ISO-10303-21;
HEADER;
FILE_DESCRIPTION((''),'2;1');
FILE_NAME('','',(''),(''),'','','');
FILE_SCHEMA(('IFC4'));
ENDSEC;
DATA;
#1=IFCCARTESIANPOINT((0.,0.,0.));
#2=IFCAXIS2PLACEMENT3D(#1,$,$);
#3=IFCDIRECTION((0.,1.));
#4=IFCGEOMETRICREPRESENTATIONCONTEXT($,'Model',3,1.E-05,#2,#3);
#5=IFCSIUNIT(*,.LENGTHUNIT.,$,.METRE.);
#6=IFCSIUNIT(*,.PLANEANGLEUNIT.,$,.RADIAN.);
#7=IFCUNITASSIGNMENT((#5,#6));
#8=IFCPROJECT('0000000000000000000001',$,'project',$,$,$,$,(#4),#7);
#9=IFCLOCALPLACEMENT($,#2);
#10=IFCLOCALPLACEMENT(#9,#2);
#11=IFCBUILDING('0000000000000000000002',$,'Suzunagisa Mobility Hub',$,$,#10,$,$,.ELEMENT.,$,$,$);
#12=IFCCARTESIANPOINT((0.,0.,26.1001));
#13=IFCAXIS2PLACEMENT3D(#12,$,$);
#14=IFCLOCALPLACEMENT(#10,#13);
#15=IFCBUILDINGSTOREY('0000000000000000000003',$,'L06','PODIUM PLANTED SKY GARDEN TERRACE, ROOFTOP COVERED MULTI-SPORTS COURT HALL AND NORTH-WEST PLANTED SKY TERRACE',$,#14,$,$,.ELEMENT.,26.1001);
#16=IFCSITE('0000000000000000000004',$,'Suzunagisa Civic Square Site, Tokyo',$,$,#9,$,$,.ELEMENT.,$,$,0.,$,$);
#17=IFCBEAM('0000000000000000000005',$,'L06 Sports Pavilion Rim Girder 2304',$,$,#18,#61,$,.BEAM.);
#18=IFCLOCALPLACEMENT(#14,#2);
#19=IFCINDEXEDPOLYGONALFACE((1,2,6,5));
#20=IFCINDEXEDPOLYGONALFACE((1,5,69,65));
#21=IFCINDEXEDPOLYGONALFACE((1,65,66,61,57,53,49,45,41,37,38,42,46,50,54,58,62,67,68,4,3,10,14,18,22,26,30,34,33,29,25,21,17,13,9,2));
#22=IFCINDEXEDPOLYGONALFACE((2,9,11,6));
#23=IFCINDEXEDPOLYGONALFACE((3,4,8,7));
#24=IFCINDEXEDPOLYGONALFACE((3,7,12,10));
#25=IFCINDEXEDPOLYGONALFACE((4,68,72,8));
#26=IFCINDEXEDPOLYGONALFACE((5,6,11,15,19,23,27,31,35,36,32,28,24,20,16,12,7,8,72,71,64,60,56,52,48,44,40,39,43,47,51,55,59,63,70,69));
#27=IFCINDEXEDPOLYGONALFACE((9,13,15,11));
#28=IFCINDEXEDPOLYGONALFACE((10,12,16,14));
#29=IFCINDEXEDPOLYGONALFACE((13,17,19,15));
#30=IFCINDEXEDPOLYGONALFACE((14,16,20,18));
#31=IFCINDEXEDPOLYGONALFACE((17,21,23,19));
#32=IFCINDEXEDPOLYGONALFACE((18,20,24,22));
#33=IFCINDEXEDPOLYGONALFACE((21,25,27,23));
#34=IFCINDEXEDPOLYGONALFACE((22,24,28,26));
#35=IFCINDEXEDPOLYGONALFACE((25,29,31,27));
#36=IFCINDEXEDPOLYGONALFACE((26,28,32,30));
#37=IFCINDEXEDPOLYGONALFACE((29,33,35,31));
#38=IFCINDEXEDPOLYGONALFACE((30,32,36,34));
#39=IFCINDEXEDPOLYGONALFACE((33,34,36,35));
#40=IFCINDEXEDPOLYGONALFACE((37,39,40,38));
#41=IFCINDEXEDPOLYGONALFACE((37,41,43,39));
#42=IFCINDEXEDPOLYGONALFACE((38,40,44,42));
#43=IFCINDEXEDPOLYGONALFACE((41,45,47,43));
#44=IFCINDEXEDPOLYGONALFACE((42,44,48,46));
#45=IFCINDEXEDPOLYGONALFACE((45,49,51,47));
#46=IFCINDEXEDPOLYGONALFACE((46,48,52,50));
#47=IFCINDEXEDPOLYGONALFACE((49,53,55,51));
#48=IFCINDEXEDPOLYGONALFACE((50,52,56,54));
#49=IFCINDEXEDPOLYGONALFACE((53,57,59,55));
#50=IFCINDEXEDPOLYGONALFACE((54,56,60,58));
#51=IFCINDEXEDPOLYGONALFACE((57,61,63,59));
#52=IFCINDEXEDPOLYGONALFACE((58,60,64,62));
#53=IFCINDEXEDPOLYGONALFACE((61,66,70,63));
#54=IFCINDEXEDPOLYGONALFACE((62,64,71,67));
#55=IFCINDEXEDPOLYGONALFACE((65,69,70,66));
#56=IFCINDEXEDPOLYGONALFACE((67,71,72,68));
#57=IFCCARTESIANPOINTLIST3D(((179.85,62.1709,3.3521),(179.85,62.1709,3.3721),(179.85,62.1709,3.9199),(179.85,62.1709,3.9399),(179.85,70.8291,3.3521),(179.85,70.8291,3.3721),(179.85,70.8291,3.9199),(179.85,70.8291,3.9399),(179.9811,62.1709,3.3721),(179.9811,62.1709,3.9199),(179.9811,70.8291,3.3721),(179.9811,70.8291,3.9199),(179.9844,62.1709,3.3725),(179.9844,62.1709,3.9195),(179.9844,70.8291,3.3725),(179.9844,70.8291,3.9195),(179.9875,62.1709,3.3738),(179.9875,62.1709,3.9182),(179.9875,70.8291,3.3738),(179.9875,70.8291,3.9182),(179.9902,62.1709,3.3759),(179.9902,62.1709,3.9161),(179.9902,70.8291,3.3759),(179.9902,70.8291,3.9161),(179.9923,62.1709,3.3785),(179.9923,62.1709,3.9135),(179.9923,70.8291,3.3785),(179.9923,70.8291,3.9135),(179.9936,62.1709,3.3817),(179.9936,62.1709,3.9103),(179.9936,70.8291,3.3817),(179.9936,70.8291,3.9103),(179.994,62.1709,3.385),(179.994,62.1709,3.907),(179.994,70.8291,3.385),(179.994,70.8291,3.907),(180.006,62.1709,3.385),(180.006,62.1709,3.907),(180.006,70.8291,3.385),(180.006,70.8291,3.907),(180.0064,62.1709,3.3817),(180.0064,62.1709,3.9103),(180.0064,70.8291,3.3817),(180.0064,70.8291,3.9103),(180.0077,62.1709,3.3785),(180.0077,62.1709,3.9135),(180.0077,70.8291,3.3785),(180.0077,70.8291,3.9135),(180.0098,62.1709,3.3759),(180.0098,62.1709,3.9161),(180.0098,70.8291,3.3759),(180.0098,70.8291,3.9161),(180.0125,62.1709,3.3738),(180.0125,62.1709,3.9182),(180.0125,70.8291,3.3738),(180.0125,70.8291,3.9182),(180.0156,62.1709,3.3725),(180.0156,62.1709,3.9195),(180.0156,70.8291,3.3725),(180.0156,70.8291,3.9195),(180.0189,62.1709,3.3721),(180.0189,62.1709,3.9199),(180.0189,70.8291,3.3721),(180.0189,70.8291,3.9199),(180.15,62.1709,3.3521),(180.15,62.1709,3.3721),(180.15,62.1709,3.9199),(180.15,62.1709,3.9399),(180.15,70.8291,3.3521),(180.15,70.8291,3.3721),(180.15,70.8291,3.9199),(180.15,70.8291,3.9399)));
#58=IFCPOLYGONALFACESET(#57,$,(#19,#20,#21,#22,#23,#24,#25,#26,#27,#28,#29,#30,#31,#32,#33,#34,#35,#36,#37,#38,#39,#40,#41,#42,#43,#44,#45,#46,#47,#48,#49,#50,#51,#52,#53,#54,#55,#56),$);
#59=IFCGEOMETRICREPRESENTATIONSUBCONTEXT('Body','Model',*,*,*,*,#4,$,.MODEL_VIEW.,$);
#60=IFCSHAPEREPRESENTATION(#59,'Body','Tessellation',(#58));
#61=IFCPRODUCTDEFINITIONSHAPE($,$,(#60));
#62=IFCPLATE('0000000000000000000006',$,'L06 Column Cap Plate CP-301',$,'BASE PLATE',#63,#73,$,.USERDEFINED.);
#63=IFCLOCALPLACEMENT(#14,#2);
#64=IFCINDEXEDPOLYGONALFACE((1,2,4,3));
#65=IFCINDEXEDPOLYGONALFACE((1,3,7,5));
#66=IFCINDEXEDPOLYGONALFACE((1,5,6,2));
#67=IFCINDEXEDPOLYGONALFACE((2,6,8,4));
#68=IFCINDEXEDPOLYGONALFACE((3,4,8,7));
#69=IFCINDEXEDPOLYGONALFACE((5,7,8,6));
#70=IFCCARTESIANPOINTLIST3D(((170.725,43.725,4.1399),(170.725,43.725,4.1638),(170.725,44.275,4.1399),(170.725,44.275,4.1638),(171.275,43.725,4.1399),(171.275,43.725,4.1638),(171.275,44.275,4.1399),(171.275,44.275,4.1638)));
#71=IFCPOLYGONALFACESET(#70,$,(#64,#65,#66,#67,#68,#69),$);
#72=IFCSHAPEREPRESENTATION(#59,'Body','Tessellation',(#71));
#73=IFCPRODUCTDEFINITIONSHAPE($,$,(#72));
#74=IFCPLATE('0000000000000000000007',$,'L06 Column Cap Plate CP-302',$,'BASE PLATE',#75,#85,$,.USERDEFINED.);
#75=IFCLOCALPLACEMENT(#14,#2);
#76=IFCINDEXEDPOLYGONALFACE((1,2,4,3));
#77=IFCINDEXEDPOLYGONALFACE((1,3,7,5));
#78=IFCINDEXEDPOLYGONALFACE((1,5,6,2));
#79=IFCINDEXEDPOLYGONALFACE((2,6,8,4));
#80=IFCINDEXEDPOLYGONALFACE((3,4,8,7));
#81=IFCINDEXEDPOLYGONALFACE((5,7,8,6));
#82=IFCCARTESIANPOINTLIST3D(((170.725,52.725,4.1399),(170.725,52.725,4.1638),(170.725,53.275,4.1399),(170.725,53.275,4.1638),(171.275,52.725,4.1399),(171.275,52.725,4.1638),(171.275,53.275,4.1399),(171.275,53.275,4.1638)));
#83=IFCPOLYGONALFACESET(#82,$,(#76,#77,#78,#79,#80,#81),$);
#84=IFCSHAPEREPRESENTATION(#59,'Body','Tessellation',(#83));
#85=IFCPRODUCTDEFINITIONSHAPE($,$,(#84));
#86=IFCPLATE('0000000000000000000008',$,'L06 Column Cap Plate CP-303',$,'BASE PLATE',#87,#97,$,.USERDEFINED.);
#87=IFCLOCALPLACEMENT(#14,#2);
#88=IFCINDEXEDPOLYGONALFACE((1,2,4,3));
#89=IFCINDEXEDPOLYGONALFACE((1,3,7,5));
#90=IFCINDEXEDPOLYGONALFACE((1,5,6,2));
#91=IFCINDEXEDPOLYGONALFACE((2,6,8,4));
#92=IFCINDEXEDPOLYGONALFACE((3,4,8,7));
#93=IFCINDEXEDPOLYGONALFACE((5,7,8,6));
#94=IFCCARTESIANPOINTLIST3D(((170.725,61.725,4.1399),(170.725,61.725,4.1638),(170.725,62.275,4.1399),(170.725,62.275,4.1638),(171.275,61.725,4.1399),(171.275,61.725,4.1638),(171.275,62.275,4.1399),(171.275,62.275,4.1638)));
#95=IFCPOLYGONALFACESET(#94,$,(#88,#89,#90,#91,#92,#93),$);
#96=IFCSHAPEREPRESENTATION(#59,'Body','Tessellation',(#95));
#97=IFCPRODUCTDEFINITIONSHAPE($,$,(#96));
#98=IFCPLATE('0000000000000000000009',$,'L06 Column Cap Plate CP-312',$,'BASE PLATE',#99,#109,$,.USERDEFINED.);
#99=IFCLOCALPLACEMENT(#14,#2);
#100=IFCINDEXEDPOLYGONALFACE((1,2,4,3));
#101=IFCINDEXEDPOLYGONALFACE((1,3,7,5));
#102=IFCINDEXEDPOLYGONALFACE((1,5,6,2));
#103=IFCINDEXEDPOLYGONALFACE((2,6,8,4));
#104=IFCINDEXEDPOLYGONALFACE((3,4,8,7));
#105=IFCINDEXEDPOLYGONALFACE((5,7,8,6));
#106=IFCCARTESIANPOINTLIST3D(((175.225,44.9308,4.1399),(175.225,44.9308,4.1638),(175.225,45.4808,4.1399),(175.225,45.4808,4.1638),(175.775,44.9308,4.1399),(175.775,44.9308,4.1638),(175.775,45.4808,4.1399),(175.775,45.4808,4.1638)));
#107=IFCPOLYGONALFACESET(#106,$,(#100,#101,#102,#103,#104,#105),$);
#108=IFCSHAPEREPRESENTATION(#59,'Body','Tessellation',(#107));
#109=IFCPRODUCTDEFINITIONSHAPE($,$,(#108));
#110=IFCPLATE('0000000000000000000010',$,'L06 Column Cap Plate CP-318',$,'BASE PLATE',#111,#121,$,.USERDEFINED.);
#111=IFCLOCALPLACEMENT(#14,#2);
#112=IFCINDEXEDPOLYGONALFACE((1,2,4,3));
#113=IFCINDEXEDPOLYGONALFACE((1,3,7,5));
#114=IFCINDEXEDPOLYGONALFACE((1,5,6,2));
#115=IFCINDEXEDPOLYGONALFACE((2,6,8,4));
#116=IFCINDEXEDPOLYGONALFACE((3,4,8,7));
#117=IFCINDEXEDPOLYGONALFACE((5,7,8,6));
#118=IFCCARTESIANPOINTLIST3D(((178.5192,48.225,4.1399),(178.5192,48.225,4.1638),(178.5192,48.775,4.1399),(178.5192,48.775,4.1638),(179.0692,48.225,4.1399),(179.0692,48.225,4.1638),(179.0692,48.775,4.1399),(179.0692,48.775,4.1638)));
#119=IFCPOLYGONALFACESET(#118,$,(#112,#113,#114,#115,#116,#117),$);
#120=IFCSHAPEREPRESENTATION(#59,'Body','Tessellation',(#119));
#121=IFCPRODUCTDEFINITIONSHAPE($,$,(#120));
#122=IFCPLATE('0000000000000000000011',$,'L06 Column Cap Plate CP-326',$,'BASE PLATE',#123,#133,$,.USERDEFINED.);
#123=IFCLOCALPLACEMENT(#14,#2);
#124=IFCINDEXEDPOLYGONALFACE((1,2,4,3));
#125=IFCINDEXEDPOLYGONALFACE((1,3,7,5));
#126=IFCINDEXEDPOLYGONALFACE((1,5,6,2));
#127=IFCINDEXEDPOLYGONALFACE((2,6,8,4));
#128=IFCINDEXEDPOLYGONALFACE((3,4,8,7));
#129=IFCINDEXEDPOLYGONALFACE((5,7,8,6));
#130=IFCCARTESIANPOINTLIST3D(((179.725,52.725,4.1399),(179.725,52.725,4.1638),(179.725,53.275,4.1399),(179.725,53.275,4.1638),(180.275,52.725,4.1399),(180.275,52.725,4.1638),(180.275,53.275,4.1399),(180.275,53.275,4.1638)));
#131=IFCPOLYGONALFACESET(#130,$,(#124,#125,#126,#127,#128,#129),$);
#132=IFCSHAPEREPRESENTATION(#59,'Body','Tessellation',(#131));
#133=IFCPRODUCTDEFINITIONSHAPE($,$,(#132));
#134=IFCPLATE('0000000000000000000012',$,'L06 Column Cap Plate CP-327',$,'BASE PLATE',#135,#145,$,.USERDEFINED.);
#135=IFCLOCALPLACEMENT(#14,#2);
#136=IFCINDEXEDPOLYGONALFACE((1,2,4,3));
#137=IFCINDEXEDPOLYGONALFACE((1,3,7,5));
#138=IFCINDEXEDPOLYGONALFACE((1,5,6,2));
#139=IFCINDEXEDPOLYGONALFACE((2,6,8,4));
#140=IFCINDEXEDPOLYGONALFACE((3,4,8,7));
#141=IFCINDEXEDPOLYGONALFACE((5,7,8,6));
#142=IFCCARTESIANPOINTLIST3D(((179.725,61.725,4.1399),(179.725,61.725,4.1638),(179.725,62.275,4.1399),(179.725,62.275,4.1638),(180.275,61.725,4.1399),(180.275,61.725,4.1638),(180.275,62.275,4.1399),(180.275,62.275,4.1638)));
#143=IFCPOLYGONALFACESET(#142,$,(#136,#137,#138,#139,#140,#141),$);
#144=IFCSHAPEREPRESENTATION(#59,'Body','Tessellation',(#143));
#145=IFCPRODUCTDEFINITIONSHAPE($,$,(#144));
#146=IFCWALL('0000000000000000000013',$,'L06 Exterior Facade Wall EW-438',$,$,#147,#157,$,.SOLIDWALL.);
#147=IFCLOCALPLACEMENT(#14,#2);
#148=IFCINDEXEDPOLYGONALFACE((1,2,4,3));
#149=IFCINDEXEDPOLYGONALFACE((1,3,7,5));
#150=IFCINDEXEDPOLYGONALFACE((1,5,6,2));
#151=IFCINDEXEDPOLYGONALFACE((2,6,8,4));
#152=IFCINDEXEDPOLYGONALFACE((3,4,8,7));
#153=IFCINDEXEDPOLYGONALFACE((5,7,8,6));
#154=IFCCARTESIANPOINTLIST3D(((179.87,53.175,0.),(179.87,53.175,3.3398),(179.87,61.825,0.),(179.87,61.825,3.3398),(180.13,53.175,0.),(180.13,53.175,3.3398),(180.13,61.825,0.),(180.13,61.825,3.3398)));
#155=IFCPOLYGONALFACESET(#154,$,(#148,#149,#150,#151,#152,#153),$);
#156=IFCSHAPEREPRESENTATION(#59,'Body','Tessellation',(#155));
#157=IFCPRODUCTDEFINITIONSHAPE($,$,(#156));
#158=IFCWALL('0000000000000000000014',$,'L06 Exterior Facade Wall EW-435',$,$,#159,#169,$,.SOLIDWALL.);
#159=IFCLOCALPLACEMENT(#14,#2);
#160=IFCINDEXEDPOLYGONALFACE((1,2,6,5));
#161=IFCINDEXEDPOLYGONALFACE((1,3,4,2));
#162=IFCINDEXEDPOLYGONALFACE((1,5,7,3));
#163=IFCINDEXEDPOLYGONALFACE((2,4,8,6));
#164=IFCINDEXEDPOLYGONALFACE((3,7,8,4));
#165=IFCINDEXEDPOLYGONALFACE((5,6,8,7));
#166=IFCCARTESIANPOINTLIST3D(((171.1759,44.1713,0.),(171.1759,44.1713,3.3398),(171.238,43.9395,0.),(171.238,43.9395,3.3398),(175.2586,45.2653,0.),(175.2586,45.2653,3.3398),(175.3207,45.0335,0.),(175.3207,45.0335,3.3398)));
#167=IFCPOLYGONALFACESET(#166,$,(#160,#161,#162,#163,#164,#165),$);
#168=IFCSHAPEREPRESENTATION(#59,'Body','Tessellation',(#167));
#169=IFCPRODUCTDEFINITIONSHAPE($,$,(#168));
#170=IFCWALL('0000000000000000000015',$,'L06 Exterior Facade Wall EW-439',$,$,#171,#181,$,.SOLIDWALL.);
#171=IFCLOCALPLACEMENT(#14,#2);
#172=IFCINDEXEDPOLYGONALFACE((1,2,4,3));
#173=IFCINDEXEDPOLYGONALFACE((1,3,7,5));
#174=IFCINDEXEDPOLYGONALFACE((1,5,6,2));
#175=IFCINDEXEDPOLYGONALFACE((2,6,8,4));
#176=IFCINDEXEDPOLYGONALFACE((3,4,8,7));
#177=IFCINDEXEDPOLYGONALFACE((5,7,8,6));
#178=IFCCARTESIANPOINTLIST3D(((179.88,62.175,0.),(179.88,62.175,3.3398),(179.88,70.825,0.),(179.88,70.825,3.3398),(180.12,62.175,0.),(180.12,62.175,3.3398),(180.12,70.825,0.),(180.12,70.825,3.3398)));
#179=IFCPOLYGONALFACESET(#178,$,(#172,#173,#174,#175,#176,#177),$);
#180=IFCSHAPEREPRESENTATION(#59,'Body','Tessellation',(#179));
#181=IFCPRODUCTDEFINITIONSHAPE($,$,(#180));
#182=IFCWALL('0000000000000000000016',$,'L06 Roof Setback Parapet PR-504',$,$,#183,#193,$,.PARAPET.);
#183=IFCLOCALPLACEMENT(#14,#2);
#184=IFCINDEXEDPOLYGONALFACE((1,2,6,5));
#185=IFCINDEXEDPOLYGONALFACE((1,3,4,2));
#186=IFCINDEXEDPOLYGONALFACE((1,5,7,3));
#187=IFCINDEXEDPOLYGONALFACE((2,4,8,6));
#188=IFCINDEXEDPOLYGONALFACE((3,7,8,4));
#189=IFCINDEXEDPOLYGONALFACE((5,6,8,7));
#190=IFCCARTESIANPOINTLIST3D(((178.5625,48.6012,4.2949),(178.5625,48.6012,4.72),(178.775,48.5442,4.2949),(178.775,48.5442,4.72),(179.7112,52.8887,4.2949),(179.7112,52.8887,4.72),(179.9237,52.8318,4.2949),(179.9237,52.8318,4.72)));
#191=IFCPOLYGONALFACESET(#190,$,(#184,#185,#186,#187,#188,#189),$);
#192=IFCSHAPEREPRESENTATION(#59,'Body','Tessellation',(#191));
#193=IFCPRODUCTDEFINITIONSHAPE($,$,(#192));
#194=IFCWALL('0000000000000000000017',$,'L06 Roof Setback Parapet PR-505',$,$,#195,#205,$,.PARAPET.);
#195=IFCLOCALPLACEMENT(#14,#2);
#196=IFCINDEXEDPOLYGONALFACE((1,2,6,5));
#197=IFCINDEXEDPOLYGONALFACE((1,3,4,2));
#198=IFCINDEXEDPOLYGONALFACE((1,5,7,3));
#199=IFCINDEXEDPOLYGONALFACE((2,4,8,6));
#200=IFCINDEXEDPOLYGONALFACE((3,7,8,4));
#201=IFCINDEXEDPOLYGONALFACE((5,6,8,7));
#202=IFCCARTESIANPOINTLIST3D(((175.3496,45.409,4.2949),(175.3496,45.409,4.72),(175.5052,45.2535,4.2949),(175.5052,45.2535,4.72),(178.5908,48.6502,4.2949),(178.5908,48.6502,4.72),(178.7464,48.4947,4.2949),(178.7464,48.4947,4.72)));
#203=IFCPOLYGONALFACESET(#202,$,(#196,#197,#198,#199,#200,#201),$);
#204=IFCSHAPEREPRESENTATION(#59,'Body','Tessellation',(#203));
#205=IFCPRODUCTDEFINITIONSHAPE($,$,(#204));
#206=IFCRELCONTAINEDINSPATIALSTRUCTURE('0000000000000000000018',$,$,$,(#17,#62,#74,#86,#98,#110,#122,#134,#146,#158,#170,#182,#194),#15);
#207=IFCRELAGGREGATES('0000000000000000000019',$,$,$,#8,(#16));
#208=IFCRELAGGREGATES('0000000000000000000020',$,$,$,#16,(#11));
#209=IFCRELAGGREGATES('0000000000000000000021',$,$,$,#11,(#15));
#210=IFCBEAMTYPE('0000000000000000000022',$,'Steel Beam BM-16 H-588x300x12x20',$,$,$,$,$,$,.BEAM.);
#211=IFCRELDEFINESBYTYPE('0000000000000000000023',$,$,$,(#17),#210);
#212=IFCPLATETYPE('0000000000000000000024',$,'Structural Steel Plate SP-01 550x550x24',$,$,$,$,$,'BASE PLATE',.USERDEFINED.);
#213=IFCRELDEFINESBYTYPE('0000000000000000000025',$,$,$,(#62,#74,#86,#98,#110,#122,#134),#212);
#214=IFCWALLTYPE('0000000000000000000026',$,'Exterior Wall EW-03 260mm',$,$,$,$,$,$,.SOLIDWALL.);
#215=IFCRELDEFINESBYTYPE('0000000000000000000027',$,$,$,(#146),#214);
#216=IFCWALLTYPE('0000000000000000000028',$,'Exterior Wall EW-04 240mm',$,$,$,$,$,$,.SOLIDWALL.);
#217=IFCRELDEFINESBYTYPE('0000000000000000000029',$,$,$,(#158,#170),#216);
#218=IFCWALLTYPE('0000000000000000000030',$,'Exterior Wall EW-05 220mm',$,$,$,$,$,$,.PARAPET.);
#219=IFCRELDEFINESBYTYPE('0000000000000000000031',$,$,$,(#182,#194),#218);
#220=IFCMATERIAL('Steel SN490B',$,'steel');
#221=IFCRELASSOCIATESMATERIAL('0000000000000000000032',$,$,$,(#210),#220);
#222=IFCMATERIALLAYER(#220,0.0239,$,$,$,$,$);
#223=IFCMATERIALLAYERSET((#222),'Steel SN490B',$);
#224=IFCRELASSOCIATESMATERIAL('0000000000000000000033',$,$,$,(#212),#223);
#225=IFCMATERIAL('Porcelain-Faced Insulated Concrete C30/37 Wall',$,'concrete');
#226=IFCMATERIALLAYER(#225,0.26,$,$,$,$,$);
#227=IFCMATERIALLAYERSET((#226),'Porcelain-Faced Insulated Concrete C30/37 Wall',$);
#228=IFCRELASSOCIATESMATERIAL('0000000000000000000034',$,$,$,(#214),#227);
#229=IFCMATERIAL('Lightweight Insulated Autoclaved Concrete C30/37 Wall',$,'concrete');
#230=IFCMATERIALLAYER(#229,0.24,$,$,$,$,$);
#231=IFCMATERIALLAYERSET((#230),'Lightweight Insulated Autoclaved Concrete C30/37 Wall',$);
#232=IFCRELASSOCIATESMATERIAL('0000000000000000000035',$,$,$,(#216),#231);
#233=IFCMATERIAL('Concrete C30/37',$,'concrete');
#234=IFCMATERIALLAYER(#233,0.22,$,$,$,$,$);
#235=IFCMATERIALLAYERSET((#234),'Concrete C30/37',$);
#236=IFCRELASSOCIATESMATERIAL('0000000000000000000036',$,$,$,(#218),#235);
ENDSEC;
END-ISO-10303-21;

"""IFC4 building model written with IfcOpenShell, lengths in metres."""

from ifc_helpers import new_model, si_unit, direction, frame, frame_2d, origin, origin_2d, place, context, subcontext, project, spatial, rectangle, i_section, extrude, material, layer, layer_set, material_profile, profile_set, type_object, element, save


model = new_model("IFC4")

# Units and contexts
model_context = context("Model", 3, precision=1e-05, world=origin(), true_north=direction((0.0, 1.0)))
body_context = subcontext(model_context, "Body", "Model", "MODEL_VIEW")
ifc_project = project(units=[si_unit("LENGTHUNIT", "METRE"), si_unit("PLANEANGLEUNIT", "RADIAN")], contexts=[model_context])

# Site, building, storey
site_placement = place(None, origin())
site = spatial("IfcSite", under=ifc_project, at=site_placement, Name="Suzunagisa Civic Square Site, Tokyo", CompositionType="ELEMENT", RefElevation=0.0)
building_placement = place(site_placement, origin())
building = spatial("IfcBuilding", under=site, at=building_placement, Name="Suzunagisa Mobility Hub", CompositionType="ELEMENT")
storey_placement = place(building_placement, frame((0.0, 0.0, 26.1001)))
storey = spatial("IfcBuildingStorey", under=building, at=storey_placement, Name="L06", Description="PODIUM PLANTED SKY GARDEN TERRACE, ROOFTOP COVERED MULTI-SPORTS COURT HALL AND NORTH-WEST PLANTED SKY TERRACE", CompositionType="ELEMENT", Elevation=26.1001)

# Shared definitions
ifc_material_1 = material(Name="Steel SN490B", Category="steel")

# Beam
ifc_material_profile_1 = material_profile(ifc_material_1, i_section(OverallWidth=0.3, OverallDepth=0.5879, WebThickness=0.012, FlangeThickness=0.02, FilletRadius=0.0129, at=origin_2d()), Name="H-588x300x12x20")
ifc_profile_set_1 = profile_set([ifc_material_profile_1], Name="Steel SN490B")
beam_type_1 = type_object("IfcBeamType", Name="Steel Beam BM-16 H-588x300x12x20", PredefinedType="BEAM", material=ifc_profile_set_1)
for number, where, z_axis, x_axis, name in (
    (1, (180.0, 62.1709, 3.646), (0.0, 1.0, 0.0), (-1.0, 0.0, 0.0), "L06 Sports Pavilion Rim Girder 2304"),
):
    element("IfcBeam", number, at=place(storey_placement, frame(where, z_axis=z_axis, x_axis=x_axis)), inside=storey, type_object=beam_type_1, Name=name, PredefinedType="BEAM", context=body_context, shape_type="SweptSolid", body=[
        extrude(i_section(OverallWidth=0.3, OverallDepth=0.5879, WebThickness=0.012, FlangeThickness=0.02, FilletRadius=0.0129, at=origin_2d()), origin(), (0.0, 0.0, 1.0), 8.6582),
    ])

# Plates
ifc_layer_1 = layer(ifc_material_1, 0.0239)
ifc_layer_set_1 = layer_set([ifc_layer_1], Name="Steel SN490B")
plate_type = type_object("IfcPlateType", Name="Structural Steel Plate SP-01 550x550x24", ElementType="BASE PLATE", PredefinedType="USERDEFINED", material=ifc_layer_set_1)
for number, where, z_axis, x_axis, name in (
    (2, (171.0, 44.0, 4.1399), (0.0, 0.0, 1.0), (1.0, 0.0, 0.0), "L06 Column Cap Plate CP-301"),
    (3, (171.0, 53.0, 4.1399), (0.0, 0.0, 1.0), (1.0, 0.0, 0.0), "L06 Column Cap Plate CP-302"),
    (4, (171.0, 62.0, 4.1399), (0.0, 0.0, 1.0), (1.0, 0.0, 0.0), "L06 Column Cap Plate CP-303"),
    (5, (175.5, 45.2058, 4.1399), (0.0, 0.0, 1.0), (1.0, 0.0, 0.0), "L06 Column Cap Plate CP-312"),
    (6, (178.7942, 48.5, 4.1399), (0.0, 0.0, 1.0), (1.0, 0.0, 0.0), "L06 Column Cap Plate CP-318"),
    (7, (180.0, 53.0, 4.1399), (0.0, 0.0, 1.0), (1.0, 0.0, 0.0), "L06 Column Cap Plate CP-326"),
    (8, (180.0, 62.0, 4.1399), (0.0, 0.0, 1.0), (1.0, 0.0, 0.0), "L06 Column Cap Plate CP-327"),
):
    element("IfcPlate", number, at=place(storey_placement, frame(where, z_axis=z_axis, x_axis=x_axis)), inside=storey, type_object=plate_type, Name=name, ObjectType="BASE PLATE", PredefinedType="USERDEFINED", context=body_context, shape_type="SweptSolid", body=[
        extrude(rectangle(XDim=0.55, YDim=0.55, at=origin_2d()), origin(), (0.0, 0.0, 1.0), 0.0239),
    ])

# Walls
ifc_material_2 = material(Name="Porcelain-Faced Insulated Concrete C30/37 Wall", Category="concrete")
ifc_layer_2 = layer(ifc_material_2, 0.26)
ifc_layer_set_2 = layer_set([ifc_layer_2], Name="Porcelain-Faced Insulated Concrete C30/37 Wall")
wall_type_1 = type_object("IfcWallType", Name="Exterior Wall EW-03 260mm", PredefinedType="SOLIDWALL", material=ifc_layer_set_2)
wall_1_placement = place(storey_placement, frame((180.0, 53.175, 0.0), z_axis=(0.0, 0.0, 1.0), x_axis=(0.0, 1.0, 0.0)))
element("IfcWall", 9, at=wall_1_placement, inside=storey, type_object=wall_type_1, Name="L06 Exterior Facade Wall EW-438", PredefinedType="SOLIDWALL", context=body_context, shape_type="SweptSolid", body=[
    extrude(rectangle(XDim=8.6499, YDim=0.26, at=frame_2d((4.325, 0.0))), origin(), (0.0, 0.0, 1.0), 3.3398),
])
ifc_material_3 = material(Name="Lightweight Insulated Autoclaved Concrete C30/37 Wall", Category="concrete")
ifc_layer_3 = layer(ifc_material_3, 0.24)
ifc_layer_set_3 = layer_set([ifc_layer_3], Name="Lightweight Insulated Autoclaved Concrete C30/37 Wall")
wall_type_2 = type_object("IfcWallType", Name="Exterior Wall EW-04 240mm", PredefinedType="SOLIDWALL", material=ifc_layer_set_3)
wall_2_placement = place(storey_placement, frame((171.207, 44.0554, 0.0), z_axis=(0.0, 0.0, 1.0), x_axis=(0.965925, 0.258824, 0.0)))
element("IfcWall", 10, at=wall_2_placement, inside=storey, type_object=wall_type_2, Name="L06 Exterior Facade Wall EW-435", PredefinedType="SOLIDWALL", context=body_context, shape_type="SweptSolid", body=[
    extrude(rectangle(XDim=4.2268, YDim=0.24, at=frame_2d((2.1133, 0.0))), origin(), (0.0, 0.0, 1.0), 3.3398),
])
wall_3_placement = place(storey_placement, frame((180.0, 62.175, 0.0), z_axis=(0.0, 0.0, 1.0), x_axis=(0.0, 1.0, 0.0)))
element("IfcWall", 11, at=wall_3_placement, inside=storey, type_object=wall_type_2, Name="L06 Exterior Facade Wall EW-439", PredefinedType="SOLIDWALL", context=body_context, shape_type="SweptSolid", body=[
    extrude(rectangle(XDim=8.6499, YDim=0.24, at=frame_2d((4.325, 0.0))), origin(), (0.0, 0.0, 1.0), 3.3398),
])
ifc_material_4 = material(Name="Concrete C30/37", Category="concrete")
ifc_layer_4 = layer(ifc_material_4, 0.22)
ifc_layer_set_4 = layer_set([ifc_layer_4], Name="Concrete C30/37")
wall_type_3 = type_object("IfcWallType", Name="Exterior Wall EW-05 220mm", PredefinedType="PARAPET", material=ifc_layer_set_4)
wall_4_placement = place(storey_placement, frame((179.8174, 52.8601, 4.2949), z_axis=(0.0, 0.0, 1.0), x_axis=(-0.258782, -0.965936, 0.0)))
element("IfcWall", 12, at=wall_4_placement, inside=storey, type_object=wall_type_3, Name="L06 Roof Setback Parapet PR-504", PredefinedType="PARAPET", context=body_context, shape_type="SweptSolid", body=[
    extrude(rectangle(XDim=4.4387, YDim=0.22, at=frame_2d((2.2192, 0.0))), origin(), (0.0, 0.0, 1.0), 0.425),
])
wall_5_placement = place(storey_placement, frame((178.6687, 48.5725, 4.2949), z_axis=(0.0, 0.0, 1.0), x_axis=(-0.707107, -0.707107, 0.0)))
element("IfcWall", 13, at=wall_5_placement, inside=storey, type_object=wall_type_3, Name="L06 Roof Setback Parapet PR-505", PredefinedType="PARAPET", context=body_context, shape_type="SweptSolid", body=[
    extrude(rectangle(XDim=4.5837, YDim=0.22, at=frame_2d((2.292, 0.0))), origin(), (0.0, 0.0, 1.0), 0.425),
])

save(model, "model.ifc")
